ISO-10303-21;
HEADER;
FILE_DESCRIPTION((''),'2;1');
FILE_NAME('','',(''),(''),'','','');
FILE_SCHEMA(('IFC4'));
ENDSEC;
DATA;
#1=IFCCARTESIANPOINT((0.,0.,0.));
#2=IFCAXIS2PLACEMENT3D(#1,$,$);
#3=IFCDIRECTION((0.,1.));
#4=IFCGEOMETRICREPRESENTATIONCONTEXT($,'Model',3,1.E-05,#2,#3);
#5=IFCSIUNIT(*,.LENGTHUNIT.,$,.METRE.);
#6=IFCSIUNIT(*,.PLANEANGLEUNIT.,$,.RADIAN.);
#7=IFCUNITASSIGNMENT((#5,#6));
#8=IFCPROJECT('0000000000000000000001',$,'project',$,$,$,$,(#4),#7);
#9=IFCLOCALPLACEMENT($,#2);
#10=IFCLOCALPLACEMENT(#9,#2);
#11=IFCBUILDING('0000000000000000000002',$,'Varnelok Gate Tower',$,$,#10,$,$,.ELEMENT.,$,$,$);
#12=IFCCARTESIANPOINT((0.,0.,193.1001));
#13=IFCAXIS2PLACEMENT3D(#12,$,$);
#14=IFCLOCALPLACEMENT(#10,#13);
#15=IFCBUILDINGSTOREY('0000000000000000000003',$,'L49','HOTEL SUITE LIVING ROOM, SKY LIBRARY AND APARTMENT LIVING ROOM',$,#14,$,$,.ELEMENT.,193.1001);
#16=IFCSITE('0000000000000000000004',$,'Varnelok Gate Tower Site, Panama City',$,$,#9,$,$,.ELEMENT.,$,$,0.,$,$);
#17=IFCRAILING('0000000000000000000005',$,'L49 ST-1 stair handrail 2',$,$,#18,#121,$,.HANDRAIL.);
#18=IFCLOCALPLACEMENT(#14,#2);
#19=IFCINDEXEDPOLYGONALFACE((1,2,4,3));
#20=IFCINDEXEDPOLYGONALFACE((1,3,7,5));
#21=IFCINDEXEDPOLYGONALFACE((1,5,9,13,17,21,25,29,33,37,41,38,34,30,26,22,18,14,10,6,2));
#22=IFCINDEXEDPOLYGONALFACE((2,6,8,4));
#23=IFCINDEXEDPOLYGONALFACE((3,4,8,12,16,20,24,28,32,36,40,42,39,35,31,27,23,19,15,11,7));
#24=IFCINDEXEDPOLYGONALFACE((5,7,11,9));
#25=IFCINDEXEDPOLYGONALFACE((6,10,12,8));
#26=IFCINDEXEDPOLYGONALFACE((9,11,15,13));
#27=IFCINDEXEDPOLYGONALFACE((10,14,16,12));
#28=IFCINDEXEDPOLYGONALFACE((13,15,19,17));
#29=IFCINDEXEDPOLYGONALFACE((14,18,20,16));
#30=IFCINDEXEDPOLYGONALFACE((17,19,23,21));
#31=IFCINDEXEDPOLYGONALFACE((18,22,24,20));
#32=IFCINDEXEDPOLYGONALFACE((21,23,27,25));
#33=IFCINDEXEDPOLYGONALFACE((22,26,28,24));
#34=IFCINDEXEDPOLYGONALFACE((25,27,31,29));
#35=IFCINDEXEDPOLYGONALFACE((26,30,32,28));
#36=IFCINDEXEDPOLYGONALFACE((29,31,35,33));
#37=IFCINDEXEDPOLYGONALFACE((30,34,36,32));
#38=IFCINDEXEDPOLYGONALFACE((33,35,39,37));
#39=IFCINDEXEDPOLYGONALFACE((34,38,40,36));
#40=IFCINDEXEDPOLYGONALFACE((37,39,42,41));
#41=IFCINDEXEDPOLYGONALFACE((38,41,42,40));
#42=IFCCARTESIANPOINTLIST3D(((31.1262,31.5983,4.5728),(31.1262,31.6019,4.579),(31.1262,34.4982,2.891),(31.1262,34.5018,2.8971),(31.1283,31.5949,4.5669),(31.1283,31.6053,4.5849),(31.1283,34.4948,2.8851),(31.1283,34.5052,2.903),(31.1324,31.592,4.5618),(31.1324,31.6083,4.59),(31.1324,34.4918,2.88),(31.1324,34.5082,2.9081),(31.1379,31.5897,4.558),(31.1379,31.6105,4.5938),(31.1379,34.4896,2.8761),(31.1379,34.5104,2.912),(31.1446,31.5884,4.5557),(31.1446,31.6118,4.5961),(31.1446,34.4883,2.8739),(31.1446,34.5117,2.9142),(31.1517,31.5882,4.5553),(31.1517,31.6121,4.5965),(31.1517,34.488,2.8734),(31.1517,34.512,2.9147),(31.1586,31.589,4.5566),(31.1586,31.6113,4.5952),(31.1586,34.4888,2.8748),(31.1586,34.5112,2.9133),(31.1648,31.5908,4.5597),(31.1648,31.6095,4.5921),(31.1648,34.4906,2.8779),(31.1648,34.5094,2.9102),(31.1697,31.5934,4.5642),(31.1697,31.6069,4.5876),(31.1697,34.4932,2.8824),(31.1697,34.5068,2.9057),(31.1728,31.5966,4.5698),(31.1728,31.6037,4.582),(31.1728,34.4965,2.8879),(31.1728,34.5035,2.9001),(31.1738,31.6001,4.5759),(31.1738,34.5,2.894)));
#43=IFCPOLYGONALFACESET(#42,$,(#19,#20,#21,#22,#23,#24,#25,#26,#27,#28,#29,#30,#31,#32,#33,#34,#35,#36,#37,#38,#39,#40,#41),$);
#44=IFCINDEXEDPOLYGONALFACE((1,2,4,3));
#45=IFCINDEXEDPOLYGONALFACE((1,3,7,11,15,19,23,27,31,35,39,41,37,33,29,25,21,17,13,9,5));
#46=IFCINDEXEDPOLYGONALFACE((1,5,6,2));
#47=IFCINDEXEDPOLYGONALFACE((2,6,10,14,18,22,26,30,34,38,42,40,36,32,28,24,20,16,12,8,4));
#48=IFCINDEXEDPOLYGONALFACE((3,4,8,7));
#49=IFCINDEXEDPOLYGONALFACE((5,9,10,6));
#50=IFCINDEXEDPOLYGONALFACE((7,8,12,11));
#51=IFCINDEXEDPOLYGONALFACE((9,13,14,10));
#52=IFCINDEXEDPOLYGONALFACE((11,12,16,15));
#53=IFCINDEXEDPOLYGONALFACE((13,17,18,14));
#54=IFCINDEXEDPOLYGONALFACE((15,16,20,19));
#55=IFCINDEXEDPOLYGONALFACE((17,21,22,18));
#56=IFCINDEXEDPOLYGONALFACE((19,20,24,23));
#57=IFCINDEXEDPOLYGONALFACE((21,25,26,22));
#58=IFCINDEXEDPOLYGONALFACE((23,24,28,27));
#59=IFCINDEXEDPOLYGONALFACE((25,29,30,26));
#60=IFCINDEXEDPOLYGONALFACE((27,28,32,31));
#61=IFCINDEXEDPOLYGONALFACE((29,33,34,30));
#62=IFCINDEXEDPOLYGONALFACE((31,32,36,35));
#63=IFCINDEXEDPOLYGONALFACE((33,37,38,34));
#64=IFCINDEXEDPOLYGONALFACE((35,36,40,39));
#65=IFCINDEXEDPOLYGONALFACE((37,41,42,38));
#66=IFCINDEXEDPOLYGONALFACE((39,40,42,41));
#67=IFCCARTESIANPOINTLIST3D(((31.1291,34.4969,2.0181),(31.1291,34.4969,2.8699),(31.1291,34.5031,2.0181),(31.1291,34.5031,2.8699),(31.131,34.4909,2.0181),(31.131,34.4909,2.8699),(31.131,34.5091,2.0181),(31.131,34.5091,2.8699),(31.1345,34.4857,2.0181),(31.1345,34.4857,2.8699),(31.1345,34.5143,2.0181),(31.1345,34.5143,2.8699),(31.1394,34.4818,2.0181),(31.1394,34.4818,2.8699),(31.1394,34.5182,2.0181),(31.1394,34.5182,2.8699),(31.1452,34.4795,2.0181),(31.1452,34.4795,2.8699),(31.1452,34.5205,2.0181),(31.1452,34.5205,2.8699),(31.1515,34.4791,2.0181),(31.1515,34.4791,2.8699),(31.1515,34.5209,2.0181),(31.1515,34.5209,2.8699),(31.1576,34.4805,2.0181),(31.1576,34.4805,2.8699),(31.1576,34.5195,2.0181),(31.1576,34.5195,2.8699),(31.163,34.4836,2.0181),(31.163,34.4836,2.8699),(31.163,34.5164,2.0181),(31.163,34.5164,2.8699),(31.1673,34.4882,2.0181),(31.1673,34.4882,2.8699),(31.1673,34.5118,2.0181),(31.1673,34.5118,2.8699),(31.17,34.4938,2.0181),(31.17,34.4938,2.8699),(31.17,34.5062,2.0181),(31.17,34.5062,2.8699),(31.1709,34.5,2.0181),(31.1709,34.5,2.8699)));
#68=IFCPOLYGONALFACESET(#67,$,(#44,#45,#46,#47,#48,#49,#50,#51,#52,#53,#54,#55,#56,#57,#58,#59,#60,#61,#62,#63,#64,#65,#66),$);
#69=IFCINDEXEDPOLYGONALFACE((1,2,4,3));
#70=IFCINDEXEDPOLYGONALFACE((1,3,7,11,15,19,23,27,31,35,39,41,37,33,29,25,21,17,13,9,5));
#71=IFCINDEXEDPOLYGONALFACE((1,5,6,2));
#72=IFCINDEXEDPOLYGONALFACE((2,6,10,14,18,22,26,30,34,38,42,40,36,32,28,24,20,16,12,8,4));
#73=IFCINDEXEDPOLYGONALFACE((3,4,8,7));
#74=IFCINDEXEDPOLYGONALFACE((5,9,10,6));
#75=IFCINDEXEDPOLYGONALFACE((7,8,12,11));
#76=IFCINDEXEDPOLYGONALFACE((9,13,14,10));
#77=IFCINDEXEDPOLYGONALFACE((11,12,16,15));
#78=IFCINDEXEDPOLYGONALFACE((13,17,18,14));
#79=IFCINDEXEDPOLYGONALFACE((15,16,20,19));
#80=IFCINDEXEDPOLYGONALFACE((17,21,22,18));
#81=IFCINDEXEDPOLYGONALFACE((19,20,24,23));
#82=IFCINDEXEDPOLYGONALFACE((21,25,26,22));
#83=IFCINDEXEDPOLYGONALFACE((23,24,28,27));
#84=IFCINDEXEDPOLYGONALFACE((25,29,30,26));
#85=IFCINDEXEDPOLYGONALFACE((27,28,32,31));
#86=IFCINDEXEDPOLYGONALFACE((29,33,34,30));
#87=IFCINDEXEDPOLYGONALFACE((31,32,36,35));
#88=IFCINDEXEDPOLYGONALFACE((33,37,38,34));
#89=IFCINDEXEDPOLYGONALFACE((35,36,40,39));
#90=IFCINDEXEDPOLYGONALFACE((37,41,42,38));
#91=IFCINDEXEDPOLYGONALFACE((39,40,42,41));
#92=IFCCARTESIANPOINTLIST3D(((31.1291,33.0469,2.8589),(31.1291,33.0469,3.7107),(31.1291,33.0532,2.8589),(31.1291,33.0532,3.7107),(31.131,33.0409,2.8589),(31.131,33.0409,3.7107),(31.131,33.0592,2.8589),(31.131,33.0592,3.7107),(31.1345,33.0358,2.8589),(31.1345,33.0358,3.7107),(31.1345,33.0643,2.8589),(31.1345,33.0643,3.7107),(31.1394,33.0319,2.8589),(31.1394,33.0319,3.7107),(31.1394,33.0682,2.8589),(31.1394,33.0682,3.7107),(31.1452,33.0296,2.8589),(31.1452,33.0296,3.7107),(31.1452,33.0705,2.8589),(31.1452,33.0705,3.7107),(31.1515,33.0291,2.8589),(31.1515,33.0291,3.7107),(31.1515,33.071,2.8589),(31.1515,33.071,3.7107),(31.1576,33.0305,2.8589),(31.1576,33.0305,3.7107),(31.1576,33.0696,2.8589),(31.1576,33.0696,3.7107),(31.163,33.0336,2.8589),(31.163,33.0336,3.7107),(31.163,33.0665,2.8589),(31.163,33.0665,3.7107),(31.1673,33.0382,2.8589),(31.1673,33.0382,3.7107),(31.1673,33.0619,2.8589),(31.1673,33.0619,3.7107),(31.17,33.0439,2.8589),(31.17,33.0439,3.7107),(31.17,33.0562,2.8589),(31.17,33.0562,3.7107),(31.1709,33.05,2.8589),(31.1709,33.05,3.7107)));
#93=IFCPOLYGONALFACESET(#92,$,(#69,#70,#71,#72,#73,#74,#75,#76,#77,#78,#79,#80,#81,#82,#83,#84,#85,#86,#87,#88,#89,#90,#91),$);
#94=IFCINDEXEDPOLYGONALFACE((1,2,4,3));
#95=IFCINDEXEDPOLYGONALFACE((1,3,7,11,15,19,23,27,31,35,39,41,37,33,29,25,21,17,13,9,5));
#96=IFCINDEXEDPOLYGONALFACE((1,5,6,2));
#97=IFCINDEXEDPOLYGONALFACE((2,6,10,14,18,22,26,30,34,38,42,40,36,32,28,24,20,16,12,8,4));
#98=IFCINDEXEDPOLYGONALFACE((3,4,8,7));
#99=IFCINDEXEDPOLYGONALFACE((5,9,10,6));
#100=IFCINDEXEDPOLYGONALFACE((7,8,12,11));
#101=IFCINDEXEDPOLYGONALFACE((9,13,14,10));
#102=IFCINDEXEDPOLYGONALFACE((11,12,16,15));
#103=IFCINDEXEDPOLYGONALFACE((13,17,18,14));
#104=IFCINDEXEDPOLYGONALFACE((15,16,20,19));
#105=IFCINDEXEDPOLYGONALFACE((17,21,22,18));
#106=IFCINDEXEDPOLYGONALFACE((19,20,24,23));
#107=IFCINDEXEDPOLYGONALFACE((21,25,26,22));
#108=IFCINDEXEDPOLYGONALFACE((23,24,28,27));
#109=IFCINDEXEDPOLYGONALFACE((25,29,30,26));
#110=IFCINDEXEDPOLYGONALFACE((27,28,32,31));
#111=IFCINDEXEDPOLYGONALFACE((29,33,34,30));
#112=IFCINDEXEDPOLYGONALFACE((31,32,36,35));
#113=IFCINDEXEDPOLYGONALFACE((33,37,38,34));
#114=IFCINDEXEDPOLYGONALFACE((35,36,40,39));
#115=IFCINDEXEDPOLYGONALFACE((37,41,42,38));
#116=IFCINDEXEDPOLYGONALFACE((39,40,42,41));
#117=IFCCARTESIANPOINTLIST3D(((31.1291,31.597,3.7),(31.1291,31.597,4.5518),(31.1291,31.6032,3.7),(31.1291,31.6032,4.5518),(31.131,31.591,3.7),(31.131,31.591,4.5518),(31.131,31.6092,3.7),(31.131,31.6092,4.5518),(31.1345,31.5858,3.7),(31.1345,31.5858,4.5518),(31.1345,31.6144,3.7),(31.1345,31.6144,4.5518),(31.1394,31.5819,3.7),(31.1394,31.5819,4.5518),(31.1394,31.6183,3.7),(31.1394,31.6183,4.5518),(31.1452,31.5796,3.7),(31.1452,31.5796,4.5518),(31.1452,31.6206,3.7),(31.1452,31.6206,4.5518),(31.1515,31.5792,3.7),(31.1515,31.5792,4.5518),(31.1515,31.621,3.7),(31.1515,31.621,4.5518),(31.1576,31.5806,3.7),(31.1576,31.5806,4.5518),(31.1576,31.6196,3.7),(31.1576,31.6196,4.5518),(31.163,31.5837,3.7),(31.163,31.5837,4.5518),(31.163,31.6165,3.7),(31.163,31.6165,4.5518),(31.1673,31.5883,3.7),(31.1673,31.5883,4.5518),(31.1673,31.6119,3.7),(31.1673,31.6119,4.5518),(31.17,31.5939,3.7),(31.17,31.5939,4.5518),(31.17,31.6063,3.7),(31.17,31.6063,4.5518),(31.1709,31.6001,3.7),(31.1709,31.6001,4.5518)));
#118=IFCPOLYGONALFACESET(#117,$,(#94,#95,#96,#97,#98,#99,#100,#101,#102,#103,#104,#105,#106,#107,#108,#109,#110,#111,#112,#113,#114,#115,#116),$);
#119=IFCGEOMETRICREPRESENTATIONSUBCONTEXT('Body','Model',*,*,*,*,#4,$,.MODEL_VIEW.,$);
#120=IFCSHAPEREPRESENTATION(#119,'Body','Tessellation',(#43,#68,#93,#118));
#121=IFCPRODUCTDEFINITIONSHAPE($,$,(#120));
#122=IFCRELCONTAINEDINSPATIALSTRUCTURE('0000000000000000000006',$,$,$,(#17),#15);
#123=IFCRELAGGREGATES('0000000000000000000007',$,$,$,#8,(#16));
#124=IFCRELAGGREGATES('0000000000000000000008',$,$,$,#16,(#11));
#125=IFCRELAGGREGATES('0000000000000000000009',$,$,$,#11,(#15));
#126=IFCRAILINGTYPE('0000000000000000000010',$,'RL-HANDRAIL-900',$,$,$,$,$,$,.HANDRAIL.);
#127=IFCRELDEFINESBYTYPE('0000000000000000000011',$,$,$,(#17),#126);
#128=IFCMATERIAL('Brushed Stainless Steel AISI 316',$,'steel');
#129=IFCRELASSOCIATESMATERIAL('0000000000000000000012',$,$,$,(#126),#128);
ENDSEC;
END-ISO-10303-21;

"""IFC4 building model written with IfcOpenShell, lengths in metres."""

from ifc_helpers import new_model, si_unit, direction, frame, origin, origin_2d, place, context, subcontext, project, spatial, circle, extrude, material, type_object, element, save


model = new_model("IFC4")

# Units and contexts
model_context = context("Model", 3, precision=1e-05, world=origin(), true_north=direction((0.0, 1.0)))
body_context = subcontext(model_context, "Body", "Model", "MODEL_VIEW")
ifc_project = project(units=[si_unit("LENGTHUNIT", "METRE"), si_unit("PLANEANGLEUNIT", "RADIAN")], contexts=[model_context])

# Site, building, storey
site_placement = place(None, origin())
site = spatial("IfcSite", under=ifc_project, at=site_placement, Name="Varnelok Gate Tower Site, Panama City", CompositionType="ELEMENT", RefElevation=0.0)
building_placement = place(site_placement, origin())
building = spatial("IfcBuilding", under=site, at=building_placement, Name="Varnelok Gate Tower", CompositionType="ELEMENT")
storey_placement = place(building_placement, frame((0.0, 0.0, 193.1001)))
storey = spatial("IfcBuildingStorey", under=building, at=storey_placement, Name="L49", Description="HOTEL SUITE LIVING ROOM, SKY LIBRARY AND APARTMENT LIVING ROOM", CompositionType="ELEMENT", Elevation=193.1001)

# Railing
ifc_material_1 = material(Name="Brushed Stainless Steel AISI 316", Category="steel")
railing_type_1 = type_object("IfcRailingType", Name="RL-HANDRAIL-900", PredefinedType="HANDRAIL", material=ifc_material_1)
railing_1_placement = place(storey_placement, frame((31.1499, 34.5, 2.0181)))
element("IfcRailing", 1, at=railing_1_placement, inside=storey, type_object=railing_type_1, Name="L49 ST-1 stair handrail 2", PredefinedType="HANDRAIL", context=body_context, shape_type="SweptSolid", body=[
    extrude(circle(Radius=0.0239, at=origin_2d()), frame((0.0, 0.0, 0.876), z_axis=(0.0, -0.865039, 0.501705), x_axis=(1.0, 0.0, 0.0)), (0.0, 0.0, 1.0), 3.3523),
    extrude(circle(Radius=0.021, at=origin_2d()), origin(), (0.0, 0.0, 1.0), 0.8518),
    extrude(circle(Radius=0.021, at=origin_2d()), frame((0.0, -1.45, 0.8408)), (0.0, 0.0, 1.0), 0.8518),
    extrude(circle(Radius=0.021, at=origin_2d()), frame((0.0, -2.8999, 1.6819)), (0.0, 0.0, 1.0), 0.8518),
])

save(model, "model.ifc")
